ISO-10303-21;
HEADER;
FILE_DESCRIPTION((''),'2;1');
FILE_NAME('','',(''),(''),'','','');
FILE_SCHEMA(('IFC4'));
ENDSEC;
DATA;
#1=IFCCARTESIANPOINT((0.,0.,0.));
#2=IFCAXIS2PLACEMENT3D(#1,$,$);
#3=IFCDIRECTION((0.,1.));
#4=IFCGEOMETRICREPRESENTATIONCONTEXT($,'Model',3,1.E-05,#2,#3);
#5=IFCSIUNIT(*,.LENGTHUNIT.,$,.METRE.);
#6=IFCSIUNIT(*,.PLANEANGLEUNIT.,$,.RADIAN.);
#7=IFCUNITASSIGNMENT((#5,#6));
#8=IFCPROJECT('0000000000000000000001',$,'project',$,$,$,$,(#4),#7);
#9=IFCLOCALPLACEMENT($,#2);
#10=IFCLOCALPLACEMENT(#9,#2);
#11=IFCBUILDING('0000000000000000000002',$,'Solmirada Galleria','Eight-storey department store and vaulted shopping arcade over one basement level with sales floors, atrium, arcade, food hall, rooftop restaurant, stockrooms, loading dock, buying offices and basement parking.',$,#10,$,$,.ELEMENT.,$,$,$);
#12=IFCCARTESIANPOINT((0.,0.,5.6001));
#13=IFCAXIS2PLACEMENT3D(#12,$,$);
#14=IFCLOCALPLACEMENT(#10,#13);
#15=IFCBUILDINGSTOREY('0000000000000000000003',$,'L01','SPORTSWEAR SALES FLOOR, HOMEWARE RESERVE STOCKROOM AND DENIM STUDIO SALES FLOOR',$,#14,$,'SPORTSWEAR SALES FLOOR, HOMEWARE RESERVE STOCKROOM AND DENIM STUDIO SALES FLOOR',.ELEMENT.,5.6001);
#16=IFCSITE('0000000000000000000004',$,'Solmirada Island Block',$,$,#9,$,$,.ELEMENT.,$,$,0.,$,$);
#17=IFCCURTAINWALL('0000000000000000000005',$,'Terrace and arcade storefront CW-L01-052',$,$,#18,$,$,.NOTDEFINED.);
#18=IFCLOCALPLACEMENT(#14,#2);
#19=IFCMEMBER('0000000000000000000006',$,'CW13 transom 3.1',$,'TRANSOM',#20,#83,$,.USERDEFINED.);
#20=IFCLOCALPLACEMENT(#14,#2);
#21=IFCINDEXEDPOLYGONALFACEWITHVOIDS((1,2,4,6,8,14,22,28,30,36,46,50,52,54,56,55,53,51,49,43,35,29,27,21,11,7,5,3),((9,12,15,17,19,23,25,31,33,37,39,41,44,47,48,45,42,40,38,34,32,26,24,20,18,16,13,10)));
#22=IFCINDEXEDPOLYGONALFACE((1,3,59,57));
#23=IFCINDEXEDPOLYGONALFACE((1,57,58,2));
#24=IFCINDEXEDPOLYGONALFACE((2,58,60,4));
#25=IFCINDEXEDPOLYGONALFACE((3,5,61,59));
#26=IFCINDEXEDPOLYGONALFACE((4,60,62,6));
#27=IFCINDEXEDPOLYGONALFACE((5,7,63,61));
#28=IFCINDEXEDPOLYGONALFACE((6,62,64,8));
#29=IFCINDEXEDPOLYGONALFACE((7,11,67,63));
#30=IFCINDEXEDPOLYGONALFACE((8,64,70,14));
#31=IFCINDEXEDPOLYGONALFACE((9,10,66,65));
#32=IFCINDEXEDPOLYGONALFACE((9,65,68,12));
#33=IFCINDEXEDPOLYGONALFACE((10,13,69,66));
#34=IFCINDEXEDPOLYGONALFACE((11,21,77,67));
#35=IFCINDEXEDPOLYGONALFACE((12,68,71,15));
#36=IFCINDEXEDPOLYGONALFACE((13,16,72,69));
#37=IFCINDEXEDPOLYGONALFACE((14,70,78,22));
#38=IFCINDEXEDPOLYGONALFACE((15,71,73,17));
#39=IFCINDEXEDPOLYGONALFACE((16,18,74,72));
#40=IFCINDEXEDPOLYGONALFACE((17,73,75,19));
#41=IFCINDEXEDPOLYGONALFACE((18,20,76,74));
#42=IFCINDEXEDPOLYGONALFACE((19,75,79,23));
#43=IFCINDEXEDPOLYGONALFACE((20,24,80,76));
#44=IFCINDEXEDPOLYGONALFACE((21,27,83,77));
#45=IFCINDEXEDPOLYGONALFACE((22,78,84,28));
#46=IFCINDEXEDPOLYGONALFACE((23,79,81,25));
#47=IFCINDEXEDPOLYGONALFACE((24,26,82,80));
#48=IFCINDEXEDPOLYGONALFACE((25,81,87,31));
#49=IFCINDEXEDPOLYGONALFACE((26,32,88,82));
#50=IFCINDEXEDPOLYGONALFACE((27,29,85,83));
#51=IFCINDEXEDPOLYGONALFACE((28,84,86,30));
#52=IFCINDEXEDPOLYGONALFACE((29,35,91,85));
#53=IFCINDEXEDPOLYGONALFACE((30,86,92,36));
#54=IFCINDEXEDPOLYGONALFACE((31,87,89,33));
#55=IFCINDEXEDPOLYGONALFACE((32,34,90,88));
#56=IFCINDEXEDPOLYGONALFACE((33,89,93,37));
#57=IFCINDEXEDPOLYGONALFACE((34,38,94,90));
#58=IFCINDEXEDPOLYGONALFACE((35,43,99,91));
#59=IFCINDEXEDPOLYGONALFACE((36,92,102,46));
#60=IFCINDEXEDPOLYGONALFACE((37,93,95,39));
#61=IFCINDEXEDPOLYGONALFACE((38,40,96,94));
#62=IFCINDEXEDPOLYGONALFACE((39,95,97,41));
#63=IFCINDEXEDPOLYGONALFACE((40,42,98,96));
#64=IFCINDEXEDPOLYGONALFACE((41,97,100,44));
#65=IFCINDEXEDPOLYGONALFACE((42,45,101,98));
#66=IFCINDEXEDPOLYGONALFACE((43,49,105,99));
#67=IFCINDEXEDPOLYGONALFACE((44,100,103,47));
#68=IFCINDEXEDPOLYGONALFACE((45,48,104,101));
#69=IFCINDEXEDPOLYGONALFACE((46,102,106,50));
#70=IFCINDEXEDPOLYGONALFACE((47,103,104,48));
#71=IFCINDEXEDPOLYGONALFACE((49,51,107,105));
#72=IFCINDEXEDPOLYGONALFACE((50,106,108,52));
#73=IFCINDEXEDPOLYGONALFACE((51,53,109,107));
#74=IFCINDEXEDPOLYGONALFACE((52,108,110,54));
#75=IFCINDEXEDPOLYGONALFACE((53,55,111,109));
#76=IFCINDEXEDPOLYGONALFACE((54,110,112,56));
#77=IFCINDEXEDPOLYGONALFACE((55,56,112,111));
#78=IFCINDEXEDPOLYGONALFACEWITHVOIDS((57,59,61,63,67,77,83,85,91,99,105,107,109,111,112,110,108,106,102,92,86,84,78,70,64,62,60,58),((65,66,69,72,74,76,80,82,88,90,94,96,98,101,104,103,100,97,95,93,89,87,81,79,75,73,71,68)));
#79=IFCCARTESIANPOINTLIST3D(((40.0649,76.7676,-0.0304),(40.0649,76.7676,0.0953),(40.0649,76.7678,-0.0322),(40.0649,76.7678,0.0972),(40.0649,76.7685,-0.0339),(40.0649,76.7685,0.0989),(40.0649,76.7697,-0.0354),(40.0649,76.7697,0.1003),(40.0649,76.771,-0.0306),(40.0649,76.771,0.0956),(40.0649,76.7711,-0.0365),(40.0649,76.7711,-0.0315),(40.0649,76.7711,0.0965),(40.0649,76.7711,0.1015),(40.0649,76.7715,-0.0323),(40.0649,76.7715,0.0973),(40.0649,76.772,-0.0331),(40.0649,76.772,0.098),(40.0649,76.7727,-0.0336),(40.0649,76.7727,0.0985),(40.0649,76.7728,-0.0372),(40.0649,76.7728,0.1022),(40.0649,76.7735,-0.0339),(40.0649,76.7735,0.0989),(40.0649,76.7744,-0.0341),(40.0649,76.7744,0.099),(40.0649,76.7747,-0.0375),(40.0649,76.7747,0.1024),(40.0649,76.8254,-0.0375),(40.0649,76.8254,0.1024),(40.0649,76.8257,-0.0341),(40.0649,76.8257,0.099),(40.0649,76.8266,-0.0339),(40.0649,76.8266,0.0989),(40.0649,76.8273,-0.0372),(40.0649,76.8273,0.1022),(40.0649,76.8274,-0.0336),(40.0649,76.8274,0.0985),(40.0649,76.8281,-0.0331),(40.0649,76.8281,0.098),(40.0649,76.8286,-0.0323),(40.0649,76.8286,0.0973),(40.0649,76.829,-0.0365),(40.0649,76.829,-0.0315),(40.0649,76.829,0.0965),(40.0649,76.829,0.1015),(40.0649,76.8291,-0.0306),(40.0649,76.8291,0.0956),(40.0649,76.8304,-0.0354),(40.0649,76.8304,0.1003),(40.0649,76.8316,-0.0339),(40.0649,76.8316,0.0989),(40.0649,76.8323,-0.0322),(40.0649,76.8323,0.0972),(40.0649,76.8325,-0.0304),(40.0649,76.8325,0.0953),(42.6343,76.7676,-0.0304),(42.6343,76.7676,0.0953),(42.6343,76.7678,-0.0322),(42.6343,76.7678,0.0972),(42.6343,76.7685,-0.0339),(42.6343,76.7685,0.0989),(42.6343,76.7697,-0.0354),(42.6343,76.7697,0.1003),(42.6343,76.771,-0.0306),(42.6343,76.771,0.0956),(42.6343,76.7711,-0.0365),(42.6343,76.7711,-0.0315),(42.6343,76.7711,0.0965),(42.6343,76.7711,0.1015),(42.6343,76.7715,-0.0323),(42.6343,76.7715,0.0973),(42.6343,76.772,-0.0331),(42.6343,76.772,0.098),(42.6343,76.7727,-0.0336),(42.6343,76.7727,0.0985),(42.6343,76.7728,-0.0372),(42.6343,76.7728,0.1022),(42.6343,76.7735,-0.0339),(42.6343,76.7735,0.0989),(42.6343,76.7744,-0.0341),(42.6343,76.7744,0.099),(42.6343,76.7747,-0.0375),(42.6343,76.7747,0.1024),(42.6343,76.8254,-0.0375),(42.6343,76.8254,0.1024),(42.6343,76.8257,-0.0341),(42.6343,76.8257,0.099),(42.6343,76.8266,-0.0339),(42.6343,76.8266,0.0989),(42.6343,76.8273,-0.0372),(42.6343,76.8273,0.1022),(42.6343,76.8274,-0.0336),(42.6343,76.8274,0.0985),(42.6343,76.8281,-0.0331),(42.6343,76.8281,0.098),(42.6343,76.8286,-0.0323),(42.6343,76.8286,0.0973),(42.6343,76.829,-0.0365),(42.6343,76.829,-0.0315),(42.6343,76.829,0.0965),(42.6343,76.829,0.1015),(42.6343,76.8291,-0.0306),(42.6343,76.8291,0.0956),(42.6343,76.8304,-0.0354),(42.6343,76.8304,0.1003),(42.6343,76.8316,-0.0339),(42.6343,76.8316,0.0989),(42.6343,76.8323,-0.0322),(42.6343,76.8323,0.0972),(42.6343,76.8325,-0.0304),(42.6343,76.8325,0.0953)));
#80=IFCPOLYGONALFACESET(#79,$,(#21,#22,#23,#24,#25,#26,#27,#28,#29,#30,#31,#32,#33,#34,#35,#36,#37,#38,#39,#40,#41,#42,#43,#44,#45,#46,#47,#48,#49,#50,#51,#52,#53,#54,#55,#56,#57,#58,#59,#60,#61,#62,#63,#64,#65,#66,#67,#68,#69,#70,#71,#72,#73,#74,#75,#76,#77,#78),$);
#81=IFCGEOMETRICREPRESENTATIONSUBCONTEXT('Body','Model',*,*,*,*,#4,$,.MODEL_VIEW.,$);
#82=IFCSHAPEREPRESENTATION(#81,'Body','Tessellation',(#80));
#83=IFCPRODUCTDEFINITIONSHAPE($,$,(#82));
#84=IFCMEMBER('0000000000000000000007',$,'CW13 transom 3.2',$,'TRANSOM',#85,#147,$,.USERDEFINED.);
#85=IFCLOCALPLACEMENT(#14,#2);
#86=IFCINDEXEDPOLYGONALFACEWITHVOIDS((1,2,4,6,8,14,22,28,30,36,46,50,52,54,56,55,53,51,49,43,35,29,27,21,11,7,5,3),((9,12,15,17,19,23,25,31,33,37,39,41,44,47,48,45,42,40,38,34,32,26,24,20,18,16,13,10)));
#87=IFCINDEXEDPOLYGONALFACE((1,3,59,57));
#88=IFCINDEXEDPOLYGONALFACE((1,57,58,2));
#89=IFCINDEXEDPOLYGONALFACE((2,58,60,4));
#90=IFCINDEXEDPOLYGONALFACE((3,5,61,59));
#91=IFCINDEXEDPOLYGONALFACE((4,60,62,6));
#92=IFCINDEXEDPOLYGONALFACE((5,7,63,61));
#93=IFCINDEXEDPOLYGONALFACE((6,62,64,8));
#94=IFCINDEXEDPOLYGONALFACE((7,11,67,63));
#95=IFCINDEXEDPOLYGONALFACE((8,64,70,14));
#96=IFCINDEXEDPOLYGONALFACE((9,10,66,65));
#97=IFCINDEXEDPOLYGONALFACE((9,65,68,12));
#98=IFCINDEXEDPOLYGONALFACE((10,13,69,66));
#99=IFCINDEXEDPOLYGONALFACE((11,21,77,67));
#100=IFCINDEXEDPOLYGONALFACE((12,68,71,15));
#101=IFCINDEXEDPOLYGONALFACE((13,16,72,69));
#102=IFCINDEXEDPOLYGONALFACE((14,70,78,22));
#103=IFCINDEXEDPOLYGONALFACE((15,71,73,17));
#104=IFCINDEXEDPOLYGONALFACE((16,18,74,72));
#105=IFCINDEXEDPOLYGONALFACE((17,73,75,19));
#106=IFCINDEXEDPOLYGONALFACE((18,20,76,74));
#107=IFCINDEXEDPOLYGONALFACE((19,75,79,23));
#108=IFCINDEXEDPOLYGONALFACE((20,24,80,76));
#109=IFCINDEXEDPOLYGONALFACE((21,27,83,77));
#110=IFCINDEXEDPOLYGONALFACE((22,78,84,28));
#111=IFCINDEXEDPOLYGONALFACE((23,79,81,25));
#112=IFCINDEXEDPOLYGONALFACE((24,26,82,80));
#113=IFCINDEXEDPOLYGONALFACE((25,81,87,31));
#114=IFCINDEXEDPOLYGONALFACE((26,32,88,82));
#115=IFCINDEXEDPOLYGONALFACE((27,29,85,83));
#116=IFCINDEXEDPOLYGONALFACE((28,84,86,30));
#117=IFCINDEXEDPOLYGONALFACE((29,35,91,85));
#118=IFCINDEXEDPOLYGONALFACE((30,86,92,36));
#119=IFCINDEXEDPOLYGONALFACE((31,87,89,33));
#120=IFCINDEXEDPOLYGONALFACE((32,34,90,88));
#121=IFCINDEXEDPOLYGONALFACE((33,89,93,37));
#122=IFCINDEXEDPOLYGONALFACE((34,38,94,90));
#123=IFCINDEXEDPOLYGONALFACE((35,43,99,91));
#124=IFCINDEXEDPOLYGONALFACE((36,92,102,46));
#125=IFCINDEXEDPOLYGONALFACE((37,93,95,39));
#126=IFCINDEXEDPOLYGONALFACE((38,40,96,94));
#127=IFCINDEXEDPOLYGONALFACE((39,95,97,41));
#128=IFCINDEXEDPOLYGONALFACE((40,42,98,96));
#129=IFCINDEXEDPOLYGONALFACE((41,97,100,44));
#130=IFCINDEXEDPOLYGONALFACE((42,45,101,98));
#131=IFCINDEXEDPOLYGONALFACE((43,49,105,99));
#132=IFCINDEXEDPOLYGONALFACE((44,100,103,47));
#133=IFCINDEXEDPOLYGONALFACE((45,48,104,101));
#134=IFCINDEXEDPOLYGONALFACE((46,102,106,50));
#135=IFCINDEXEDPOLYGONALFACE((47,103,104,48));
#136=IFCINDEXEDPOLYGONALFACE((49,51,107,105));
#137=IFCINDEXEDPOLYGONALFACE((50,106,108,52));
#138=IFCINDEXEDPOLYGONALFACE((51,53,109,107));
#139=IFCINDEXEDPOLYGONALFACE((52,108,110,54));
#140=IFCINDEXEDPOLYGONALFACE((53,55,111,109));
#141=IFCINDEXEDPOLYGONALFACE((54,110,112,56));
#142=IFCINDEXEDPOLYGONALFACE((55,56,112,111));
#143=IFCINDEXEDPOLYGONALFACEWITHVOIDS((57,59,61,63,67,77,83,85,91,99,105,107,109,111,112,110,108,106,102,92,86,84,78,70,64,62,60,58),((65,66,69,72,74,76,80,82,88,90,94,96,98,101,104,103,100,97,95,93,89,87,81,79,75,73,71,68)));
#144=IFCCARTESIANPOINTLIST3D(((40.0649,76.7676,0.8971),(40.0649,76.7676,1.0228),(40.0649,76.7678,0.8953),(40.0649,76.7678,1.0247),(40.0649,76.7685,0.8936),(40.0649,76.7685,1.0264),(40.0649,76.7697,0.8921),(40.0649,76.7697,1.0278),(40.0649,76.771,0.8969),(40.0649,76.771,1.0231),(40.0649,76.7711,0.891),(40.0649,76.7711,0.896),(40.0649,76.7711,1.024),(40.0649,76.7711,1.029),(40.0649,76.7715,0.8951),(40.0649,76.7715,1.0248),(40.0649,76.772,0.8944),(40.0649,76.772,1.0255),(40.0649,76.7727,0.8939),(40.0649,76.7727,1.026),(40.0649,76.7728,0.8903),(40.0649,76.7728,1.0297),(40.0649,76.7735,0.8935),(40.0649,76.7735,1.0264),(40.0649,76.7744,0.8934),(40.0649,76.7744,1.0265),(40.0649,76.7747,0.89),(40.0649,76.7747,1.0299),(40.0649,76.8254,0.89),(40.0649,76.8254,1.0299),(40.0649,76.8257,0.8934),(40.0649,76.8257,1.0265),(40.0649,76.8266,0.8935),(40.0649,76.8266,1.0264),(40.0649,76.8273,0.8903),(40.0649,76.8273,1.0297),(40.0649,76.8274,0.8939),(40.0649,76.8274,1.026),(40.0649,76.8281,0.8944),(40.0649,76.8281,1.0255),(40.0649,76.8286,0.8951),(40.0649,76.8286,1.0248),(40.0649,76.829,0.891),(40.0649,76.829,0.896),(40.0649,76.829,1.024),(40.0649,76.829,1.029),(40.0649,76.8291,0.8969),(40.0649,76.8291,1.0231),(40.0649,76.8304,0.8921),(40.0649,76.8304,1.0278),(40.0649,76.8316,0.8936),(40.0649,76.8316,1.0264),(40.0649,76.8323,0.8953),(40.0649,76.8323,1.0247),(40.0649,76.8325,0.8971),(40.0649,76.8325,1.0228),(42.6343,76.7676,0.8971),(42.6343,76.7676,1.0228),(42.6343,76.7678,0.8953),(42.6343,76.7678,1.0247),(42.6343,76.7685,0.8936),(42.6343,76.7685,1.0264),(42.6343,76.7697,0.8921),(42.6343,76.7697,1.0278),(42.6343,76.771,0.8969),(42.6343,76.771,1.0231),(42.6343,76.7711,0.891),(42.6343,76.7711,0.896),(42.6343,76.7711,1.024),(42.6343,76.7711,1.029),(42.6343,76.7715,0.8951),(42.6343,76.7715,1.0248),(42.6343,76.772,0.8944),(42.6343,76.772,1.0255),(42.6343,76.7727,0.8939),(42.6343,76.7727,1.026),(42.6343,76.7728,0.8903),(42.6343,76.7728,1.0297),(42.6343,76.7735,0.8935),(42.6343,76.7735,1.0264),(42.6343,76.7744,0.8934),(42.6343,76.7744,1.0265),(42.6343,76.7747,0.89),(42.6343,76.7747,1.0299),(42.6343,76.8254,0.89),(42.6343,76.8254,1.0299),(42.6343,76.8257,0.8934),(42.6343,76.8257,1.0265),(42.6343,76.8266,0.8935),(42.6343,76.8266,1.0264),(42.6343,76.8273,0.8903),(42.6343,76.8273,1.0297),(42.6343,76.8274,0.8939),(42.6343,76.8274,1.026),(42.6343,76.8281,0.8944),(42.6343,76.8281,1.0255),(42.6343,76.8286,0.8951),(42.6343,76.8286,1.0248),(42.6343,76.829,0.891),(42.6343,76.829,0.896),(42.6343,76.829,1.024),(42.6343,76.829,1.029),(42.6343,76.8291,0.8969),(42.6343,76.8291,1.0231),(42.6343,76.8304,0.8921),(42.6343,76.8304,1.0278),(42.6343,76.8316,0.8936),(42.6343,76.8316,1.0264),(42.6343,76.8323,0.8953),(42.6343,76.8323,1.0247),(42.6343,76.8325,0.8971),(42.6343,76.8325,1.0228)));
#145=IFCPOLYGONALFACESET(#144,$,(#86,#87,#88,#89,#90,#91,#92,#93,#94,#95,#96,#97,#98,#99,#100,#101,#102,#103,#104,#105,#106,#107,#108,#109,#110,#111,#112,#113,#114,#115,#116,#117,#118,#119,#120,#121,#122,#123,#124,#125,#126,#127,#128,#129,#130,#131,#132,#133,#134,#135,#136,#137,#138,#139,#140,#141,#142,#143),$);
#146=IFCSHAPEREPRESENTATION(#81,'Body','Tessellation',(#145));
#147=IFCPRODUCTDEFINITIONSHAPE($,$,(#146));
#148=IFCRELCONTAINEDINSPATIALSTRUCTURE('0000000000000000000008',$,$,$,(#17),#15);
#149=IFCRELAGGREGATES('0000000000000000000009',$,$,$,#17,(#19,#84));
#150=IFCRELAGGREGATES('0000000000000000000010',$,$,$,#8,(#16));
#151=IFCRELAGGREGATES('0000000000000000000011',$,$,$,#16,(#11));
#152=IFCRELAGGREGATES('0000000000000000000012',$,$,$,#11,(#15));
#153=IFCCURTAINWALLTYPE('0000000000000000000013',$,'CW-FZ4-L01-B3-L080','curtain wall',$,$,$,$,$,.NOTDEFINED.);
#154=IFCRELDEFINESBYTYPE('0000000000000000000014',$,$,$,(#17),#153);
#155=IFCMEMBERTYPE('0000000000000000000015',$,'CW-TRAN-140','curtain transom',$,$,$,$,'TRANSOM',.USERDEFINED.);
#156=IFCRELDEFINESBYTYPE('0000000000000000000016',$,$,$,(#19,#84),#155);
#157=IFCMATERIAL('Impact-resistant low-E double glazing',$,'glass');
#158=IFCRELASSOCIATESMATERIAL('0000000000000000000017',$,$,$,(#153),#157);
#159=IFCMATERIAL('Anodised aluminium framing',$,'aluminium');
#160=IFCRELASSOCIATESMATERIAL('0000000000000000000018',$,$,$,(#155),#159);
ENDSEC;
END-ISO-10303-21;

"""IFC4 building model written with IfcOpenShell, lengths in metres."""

from ifc_helpers import new_model, si_unit, direction, frame, origin, origin_2d, place, context, subcontext, project, spatial, hollow_rectangle, extrude, material, material_profile, profile_set, type_object, element, aggregate, save


model = new_model("IFC4")

# Units and contexts
model_context = context("Model", 3, precision=1e-05, world=origin(), true_north=direction((0.0, 1.0)))
body_context = subcontext(model_context, "Body", "Model", "MODEL_VIEW")
ifc_project = project(units=[si_unit("LENGTHUNIT", "METRE"), si_unit("PLANEANGLEUNIT", "RADIAN")], contexts=[model_context])

# Site, building, storey
site_placement = place(None, origin())
site = spatial("IfcSite", under=ifc_project, at=site_placement, Name="Solmirada Island Block", CompositionType="ELEMENT", RefElevation=0.0)
building_placement = place(site_placement, origin())
building = spatial("IfcBuilding", under=site, at=building_placement, Name="Solmirada Galleria", Description="Eight-storey department store and vaulted shopping arcade over one basement level with sales floors, atrium, arcade, food hall, rooftop restaurant, stockrooms, loading dock, buying offices and basement parking.", CompositionType="ELEMENT")
storey_placement = place(building_placement, frame((0.0, 0.0, 5.6001)))
storey = spatial("IfcBuildingStorey", under=building, at=storey_placement, Name="L01", Description="SPORTSWEAR SALES FLOOR, HOMEWARE RESERVE STOCKROOM AND DENIM STUDIO SALES FLOOR", LongName="SPORTSWEAR SALES FLOOR, HOMEWARE RESERVE STOCKROOM AND DENIM STUDIO SALES FLOOR", CompositionType="ELEMENT", Elevation=5.6001)

# Curtain wall, members
ifc_material_1 = material(Name="Impact-resistant low-E double glazing", Category="glass")
curtain_wall_type = type_object("IfcCurtainWallType", Name="CW-FZ4-L01-B3-L080", Description="curtain wall", PredefinedType="NOTDEFINED", material=ifc_material_1)
curtain_wall_placement = place(storey_placement, origin())
curtain_wall = element("IfcCurtainWall", 1, at=curtain_wall_placement, inside=storey, type_object=curtain_wall_type, Name="Terrace and arcade storefront CW-L01-052", PredefinedType="NOTDEFINED")
ifc_material_2 = material(Name="Anodised aluminium framing", Category="aluminium")
ifc_material_profile_1 = material_profile(ifc_material_2, hollow_rectangle(XDim=0.0649, YDim=0.1399, WallThickness=0.0034, InnerFilletRadius=0.0034, OuterFilletRadius=0.0071, at=origin_2d()), Name="ALU-TRAN-140X65")
ifc_profile_set_1 = profile_set([ifc_material_profile_1], Name="Anodised aluminium framing")
member_type_1 = type_object("IfcMemberType", Name="CW-TRAN-140", Description="curtain transom", ElementType="TRANSOM", PredefinedType="USERDEFINED", material=ifc_profile_set_1)
member_1_placement = place(storey_placement, frame((42.6343, 76.8, 0.0325), z_axis=(-1.0, 0.0, 0.0), x_axis=(0.0, -1.0, 0.0)))
member_1 = element("IfcMember", 2, at=member_1_placement, type_object=member_type_1, Name="CW13 transom 3.1", ObjectType="TRANSOM", PredefinedType="USERDEFINED", context=body_context, shape_type="SweptSolid", body=[
    extrude(hollow_rectangle(XDim=0.0649, YDim=0.1399, WallThickness=0.0034, InnerFilletRadius=0.0034, OuterFilletRadius=0.0071, at=origin_2d()), origin(), (0.0, 0.0, 1.0), 2.5693),
])
member_2_placement = place(storey_placement, frame((42.6343, 76.8, 0.96), z_axis=(-1.0, 0.0, 0.0), x_axis=(0.0, -1.0, 0.0)))
member_2 = element("IfcMember", 3, at=member_2_placement, type_object=member_type_1, Name="CW13 transom 3.2", ObjectType="TRANSOM", PredefinedType="USERDEFINED", context=body_context, shape_type="SweptSolid", body=[
    extrude(hollow_rectangle(XDim=0.0649, YDim=0.1399, WallThickness=0.0034, InnerFilletRadius=0.0034, OuterFilletRadius=0.0071, at=origin_2d()), origin(), (0.0, 0.0, 1.0), 2.5693),
])
aggregate(curtain_wall, [member_1, member_2])

save(model, "model.ifc")
